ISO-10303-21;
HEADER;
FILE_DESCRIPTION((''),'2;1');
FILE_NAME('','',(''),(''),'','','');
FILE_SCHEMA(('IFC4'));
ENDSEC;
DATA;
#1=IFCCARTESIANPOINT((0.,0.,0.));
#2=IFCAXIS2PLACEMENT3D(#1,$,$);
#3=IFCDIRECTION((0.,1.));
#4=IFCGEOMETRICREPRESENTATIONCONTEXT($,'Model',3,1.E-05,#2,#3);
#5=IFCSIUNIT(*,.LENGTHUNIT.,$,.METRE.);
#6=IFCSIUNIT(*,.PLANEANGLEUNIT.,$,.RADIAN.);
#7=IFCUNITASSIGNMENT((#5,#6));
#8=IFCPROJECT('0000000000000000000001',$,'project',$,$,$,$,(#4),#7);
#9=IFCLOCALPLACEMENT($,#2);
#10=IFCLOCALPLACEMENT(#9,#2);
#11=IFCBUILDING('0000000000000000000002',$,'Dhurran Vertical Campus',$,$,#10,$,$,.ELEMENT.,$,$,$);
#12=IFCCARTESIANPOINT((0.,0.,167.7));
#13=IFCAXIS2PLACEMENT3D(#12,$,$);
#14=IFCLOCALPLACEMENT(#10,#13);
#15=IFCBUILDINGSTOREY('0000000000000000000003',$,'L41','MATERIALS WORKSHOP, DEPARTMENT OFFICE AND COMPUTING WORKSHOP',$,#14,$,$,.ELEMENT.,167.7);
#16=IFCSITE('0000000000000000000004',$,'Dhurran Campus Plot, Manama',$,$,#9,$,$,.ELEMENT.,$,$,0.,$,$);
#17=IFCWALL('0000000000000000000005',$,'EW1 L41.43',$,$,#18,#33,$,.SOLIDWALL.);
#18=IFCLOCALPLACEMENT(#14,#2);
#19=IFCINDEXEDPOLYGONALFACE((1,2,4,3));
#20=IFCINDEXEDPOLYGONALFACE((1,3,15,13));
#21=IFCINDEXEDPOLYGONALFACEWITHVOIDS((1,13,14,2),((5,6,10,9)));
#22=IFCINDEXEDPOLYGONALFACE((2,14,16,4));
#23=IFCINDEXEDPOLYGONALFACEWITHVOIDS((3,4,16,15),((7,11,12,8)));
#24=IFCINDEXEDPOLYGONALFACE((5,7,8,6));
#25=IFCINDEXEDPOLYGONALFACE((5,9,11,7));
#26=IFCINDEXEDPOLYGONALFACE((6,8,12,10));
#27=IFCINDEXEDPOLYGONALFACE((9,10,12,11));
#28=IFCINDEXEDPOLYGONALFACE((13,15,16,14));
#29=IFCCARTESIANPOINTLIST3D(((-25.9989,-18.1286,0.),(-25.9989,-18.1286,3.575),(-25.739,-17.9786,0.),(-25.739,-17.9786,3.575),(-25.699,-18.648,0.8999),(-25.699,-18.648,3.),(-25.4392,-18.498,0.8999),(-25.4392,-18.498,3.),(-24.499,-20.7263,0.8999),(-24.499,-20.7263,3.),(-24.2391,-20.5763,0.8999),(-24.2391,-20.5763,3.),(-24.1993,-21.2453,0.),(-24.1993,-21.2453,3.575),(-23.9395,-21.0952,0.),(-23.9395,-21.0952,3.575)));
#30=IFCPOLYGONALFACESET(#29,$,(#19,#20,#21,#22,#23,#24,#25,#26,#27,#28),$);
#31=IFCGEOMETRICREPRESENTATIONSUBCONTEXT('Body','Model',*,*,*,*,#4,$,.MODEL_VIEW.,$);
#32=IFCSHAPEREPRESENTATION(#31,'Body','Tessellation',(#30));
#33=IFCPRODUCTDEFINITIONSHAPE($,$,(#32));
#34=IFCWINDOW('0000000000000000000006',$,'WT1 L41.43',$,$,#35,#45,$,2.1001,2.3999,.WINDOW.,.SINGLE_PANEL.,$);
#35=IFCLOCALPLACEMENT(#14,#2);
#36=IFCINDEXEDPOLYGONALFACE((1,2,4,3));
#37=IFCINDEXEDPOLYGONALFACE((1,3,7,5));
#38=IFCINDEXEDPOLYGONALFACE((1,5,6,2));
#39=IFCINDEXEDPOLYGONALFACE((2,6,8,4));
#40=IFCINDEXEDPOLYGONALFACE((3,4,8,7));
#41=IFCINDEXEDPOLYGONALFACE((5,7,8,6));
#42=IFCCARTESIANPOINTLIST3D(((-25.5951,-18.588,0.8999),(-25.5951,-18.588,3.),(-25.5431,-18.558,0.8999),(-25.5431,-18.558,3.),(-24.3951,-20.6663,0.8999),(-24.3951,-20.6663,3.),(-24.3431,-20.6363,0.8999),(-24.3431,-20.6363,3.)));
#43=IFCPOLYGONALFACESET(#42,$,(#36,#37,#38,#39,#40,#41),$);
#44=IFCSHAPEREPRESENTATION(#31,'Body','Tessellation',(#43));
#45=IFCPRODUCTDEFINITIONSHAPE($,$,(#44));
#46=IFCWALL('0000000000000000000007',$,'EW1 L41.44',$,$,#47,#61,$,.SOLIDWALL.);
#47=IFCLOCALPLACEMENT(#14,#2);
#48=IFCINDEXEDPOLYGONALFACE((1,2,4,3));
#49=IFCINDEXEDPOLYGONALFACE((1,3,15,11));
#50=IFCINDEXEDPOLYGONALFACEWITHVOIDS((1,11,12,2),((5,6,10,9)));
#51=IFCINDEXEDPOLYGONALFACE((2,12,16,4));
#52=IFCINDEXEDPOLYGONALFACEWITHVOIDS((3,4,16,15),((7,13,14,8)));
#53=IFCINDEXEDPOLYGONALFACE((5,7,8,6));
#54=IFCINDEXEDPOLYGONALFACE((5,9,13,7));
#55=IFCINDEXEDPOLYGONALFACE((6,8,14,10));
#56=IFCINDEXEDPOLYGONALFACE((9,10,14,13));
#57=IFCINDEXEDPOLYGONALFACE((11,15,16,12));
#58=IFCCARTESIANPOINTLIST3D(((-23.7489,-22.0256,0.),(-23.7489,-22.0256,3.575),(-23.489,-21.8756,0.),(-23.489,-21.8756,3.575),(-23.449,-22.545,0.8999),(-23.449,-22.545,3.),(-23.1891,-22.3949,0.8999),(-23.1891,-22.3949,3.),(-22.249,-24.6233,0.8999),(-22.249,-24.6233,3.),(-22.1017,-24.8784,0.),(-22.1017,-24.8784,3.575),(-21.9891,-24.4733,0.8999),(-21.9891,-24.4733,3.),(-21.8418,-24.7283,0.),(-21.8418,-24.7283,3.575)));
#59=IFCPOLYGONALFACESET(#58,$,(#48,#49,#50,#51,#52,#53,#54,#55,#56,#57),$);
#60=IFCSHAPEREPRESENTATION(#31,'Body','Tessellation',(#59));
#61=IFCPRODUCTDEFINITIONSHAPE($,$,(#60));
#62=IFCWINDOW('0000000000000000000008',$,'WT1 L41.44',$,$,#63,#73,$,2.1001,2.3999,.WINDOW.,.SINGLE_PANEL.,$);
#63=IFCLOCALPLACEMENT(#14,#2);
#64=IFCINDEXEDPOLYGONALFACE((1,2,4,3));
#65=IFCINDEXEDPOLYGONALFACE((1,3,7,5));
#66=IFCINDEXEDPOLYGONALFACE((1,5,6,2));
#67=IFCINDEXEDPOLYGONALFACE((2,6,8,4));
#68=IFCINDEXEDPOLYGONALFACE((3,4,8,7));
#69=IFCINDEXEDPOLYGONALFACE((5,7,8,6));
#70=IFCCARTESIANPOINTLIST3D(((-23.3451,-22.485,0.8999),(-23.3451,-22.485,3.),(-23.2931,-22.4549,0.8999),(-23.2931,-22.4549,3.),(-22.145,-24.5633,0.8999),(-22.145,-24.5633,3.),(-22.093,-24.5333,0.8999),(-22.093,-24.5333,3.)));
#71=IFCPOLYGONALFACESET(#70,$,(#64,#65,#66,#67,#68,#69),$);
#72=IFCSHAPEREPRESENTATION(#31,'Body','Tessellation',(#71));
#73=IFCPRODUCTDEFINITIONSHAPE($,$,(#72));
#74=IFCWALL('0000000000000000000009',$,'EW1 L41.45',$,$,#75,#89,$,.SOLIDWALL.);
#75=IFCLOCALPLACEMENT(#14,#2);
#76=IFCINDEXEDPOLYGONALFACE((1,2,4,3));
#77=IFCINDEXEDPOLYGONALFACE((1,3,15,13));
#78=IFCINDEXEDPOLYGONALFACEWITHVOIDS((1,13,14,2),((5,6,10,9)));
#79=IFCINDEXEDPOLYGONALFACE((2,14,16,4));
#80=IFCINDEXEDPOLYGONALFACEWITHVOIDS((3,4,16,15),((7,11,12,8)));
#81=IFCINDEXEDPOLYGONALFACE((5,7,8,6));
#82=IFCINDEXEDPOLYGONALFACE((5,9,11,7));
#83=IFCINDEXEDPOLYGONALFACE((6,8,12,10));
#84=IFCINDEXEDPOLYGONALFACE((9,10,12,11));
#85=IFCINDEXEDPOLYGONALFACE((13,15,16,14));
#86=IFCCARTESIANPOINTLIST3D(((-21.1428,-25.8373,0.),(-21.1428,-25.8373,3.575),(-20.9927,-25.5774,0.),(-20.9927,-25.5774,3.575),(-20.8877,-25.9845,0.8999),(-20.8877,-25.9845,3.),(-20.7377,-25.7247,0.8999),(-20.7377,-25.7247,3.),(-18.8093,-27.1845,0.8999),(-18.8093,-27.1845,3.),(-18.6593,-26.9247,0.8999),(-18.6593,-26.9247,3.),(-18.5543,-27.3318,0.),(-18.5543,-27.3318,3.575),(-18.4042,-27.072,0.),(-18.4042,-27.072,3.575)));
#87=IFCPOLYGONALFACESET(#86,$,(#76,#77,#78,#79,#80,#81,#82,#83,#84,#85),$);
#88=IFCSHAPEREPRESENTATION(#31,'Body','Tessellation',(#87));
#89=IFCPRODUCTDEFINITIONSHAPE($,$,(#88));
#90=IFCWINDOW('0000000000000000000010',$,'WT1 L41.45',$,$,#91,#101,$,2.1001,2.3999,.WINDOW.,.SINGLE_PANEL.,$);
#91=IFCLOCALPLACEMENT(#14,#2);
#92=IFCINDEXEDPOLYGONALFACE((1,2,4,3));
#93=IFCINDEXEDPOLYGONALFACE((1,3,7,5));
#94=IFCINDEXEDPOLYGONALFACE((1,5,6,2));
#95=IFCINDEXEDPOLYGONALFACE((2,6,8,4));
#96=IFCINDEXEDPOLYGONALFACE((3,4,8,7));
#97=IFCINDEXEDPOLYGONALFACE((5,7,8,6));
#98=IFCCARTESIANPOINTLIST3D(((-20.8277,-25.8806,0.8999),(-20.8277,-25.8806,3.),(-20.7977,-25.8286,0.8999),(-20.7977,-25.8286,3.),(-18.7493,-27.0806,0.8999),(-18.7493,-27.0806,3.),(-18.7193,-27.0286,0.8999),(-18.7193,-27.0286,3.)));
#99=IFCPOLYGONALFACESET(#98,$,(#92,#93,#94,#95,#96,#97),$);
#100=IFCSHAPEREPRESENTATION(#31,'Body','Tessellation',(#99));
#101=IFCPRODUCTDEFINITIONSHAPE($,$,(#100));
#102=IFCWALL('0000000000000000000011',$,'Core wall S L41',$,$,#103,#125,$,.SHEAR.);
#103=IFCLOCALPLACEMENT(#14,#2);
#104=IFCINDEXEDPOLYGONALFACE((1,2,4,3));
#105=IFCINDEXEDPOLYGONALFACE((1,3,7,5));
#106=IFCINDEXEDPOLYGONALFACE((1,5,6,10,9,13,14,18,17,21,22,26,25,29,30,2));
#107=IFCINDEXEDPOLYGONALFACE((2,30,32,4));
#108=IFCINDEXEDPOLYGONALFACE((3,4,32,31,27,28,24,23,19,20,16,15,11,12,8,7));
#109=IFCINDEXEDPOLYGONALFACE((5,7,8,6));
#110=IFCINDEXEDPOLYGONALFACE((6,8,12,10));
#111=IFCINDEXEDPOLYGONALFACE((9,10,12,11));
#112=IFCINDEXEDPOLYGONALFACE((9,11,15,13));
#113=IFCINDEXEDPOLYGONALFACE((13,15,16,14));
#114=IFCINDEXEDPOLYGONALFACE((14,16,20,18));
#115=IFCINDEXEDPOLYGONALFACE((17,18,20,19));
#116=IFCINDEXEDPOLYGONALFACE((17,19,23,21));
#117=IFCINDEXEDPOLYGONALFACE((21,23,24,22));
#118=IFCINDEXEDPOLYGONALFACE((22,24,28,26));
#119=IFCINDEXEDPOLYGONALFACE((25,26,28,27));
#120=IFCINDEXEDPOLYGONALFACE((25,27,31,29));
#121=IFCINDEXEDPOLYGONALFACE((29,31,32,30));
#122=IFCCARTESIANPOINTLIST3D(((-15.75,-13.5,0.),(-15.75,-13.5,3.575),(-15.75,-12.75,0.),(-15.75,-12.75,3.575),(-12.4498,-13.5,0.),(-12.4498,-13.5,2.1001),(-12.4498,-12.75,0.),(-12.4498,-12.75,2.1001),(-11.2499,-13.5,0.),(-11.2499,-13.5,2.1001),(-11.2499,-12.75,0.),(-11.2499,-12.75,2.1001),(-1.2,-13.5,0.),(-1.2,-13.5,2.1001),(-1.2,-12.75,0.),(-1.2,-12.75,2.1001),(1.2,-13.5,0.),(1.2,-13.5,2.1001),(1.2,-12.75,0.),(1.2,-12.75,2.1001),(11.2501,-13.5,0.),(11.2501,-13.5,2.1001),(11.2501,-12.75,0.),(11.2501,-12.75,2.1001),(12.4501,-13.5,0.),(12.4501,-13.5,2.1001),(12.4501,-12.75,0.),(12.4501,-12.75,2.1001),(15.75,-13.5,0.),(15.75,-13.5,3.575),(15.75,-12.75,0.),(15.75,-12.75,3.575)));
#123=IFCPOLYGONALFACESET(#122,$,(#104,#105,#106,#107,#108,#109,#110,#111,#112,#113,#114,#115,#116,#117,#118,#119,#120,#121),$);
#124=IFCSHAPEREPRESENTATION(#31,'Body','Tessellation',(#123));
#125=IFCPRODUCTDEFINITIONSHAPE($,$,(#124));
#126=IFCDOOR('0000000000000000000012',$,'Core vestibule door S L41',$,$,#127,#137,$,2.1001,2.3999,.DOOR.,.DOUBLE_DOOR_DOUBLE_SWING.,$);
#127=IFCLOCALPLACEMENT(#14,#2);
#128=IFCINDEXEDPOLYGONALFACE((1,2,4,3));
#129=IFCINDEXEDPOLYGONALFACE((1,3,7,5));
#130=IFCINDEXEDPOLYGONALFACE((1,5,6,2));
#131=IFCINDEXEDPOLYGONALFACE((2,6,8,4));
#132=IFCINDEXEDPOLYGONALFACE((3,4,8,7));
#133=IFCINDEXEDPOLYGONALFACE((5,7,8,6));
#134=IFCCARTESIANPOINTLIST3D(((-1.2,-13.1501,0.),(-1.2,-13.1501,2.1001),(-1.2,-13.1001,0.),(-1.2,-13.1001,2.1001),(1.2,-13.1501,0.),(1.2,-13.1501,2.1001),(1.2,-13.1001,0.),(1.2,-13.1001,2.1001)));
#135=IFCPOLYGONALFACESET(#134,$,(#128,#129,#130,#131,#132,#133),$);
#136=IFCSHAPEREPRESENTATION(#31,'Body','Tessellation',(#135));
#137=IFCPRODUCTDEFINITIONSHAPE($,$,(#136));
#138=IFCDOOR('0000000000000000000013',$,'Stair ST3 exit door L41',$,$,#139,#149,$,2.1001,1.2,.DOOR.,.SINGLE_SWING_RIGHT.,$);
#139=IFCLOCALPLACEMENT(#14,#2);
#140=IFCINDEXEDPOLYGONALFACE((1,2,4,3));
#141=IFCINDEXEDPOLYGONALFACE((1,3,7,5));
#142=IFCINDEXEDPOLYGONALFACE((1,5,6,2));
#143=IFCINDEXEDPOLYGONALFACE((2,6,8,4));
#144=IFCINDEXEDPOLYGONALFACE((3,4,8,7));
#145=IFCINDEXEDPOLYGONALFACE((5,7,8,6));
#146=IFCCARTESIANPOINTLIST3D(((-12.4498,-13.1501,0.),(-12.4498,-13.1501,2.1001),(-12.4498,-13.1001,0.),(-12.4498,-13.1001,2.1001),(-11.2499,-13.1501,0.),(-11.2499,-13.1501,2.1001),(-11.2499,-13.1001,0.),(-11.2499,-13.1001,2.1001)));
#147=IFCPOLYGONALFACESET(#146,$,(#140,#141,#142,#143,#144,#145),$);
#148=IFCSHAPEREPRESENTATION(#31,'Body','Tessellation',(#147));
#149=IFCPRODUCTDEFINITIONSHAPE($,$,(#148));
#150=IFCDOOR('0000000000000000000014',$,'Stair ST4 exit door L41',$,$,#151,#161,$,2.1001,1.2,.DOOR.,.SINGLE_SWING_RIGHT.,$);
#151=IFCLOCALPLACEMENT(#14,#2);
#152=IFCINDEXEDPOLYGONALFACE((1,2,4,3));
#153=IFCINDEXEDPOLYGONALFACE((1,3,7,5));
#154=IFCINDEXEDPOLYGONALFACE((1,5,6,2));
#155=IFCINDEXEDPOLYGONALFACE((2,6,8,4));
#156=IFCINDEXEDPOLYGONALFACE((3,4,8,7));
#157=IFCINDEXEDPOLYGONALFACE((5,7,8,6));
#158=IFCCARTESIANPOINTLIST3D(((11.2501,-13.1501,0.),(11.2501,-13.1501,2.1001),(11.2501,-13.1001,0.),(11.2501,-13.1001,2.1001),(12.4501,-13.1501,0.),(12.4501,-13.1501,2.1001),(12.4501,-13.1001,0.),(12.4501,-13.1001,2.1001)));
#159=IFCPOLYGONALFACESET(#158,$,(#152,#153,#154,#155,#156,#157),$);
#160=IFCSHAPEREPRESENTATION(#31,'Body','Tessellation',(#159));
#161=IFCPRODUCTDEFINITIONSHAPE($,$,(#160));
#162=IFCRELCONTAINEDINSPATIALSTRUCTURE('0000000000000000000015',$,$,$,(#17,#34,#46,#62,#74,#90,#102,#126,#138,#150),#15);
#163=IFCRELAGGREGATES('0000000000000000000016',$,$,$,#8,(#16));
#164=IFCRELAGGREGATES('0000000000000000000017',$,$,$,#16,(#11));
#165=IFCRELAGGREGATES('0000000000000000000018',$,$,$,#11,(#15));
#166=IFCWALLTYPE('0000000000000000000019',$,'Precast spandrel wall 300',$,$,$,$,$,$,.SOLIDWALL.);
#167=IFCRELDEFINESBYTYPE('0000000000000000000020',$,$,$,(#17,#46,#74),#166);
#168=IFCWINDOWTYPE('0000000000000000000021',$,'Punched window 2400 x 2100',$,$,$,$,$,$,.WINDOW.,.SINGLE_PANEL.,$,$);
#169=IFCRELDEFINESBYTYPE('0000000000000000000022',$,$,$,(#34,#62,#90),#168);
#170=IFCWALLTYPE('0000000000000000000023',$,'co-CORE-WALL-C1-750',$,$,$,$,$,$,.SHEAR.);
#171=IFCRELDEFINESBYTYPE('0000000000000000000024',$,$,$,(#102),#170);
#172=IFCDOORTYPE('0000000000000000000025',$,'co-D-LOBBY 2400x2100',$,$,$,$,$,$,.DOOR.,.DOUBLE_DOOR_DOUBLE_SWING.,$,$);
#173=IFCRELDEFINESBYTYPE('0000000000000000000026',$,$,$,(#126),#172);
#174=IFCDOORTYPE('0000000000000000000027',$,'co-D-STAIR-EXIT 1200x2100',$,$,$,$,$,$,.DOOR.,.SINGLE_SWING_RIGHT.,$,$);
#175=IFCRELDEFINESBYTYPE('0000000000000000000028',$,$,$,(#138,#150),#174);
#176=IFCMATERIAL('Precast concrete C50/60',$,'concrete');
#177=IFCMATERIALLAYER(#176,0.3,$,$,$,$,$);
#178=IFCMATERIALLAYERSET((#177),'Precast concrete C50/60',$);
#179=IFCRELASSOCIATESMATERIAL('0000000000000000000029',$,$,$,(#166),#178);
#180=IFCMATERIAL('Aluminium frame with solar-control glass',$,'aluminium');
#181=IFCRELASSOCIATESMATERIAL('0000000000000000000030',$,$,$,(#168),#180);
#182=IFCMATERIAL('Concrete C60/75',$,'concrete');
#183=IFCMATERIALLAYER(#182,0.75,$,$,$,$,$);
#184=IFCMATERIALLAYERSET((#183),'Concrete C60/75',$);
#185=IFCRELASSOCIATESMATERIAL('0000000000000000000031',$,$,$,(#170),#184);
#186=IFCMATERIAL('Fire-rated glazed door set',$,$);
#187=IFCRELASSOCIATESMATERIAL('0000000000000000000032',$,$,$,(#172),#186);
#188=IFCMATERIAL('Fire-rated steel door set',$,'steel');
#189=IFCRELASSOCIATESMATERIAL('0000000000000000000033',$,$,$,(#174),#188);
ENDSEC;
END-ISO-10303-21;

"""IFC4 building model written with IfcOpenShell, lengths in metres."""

from ifc_helpers import new_model, si_unit, direction, frame, frame_2d, origin, place, context, subcontext, project, spatial, rectangle, extrude, material, layer, layer_set, type_object, element, fill, save


model = new_model("IFC4")

# Units and contexts
model_context = context("Model", 3, precision=1e-05, world=origin(), true_north=direction((0.0, 1.0)))
body_context = subcontext(model_context, "Body", "Model", "MODEL_VIEW")
ifc_project = project(units=[si_unit("LENGTHUNIT", "METRE"), si_unit("PLANEANGLEUNIT", "RADIAN")], contexts=[model_context])

# Site, building, storey
site_placement = place(None, origin())
site = spatial("IfcSite", under=ifc_project, at=site_placement, Name="Dhurran Campus Plot, Manama", CompositionType="ELEMENT", RefElevation=0.0)
building_placement = place(site_placement, origin())
building = spatial("IfcBuilding", under=site, at=building_placement, Name="Dhurran Vertical Campus", CompositionType="ELEMENT")
storey_placement = place(building_placement, frame((0.0, 0.0, 167.7)))
storey = spatial("IfcBuildingStorey", under=building, at=storey_placement, Name="L41", Description="MATERIALS WORKSHOP, DEPARTMENT OFFICE AND COMPUTING WORKSHOP", CompositionType="ELEMENT", Elevation=167.7)

# Walls, openings, windows
ifc_material_1 = material(Name="Precast concrete C50/60", Category="concrete")
ifc_layer_1 = layer(ifc_material_1, 0.3)
ifc_layer_set_1 = layer_set([ifc_layer_1], Name="Precast concrete C50/60")
wall_type_1 = type_object("IfcWallType", Name="Precast spandrel wall 300", PredefinedType="SOLIDWALL", material=ifc_layer_set_1)
ifc_material_2 = material(Name="Aluminium frame with solar-control glass", Category="aluminium")
window_type = type_object("IfcWindowType", Name="Punched window 2400 x 2100", PartitioningType="SINGLE_PANEL", PredefinedType="WINDOW", material=ifc_material_2)
wall_1_placement = place(storey_placement, frame((-25.8689, -18.0537, 0.0), z_axis=(0.0, 0.0, 1.0), x_axis=(0.500028, -0.866009, 0.0)))
wall_1 = element("IfcWall", 1, at=wall_1_placement, inside=storey, type_object=wall_type_1, Name="EW1 L41.43", PredefinedType="SOLIDWALL", context=body_context, shape_type="SweptSolid", body=[
    extrude(rectangle(XDim=3.5989, YDim=0.3, at=frame_2d((1.7993, 0.0))), origin(), (0.0, 0.0, 1.0), 3.575),
])
opening_1_placement = place(wall_1_placement, frame((0.5996, 0.0, 0.8999)))
opening_1 = element("IfcOpeningElement", 2, at=opening_1_placement, cuts=wall_1, PredefinedType="OPENING", context=body_context, shape_type="SweptSolid", body=[
    extrude(rectangle(XDim=2.3999, YDim=2.1001, at=frame_2d((1.2, 1.05))), frame((0.0, 0.1599, 0.0), z_axis=(0.0, -1.0, 0.0), x_axis=(1.0, 0.0, 0.0)), (0.0, 0.0, 1.0), 0.3201),
])
window_1_placement = place(opening_1_placement, origin())
window_1 = element("IfcWindow", 3, at=window_1_placement, inside=storey, type_object=window_type, Name="WT1 L41.43", OverallHeight=2.1001, OverallWidth=2.3999, PartitioningType="SINGLE_PANEL", PredefinedType="WINDOW", context=body_context, shape_type="SweptSolid", body=[
    extrude(rectangle(XDim=2.3999, YDim=2.1001, at=frame_2d((1.2, 1.05))), frame((0.0, 0.03, 0.0), z_axis=(0.0, -1.0, 0.0), x_axis=(1.0, 0.0, 0.0)), (0.0, 0.0, 1.0), 0.0601),
])
fill(opening_1, window_1)
wall_2_placement = place(storey_placement, frame((-23.6189, -21.9507, 0.0), z_axis=(0.0, 0.0, 1.0), x_axis=(0.500037, -0.866004, 0.0)))
wall_2 = element("IfcWall", 4, at=wall_2_placement, inside=storey, type_object=wall_type_1, Name="EW1 L41.44", PredefinedType="SOLIDWALL", context=body_context, shape_type="SweptSolid", body=[
    extrude(rectangle(XDim=3.2942, YDim=0.3, at=frame_2d((1.647, 0.0))), origin(), (0.0, 0.0, 1.0), 3.575),
])
opening_2_placement = place(wall_2_placement, frame((0.5996, 0.0, 0.8999)))
opening_2 = element("IfcOpeningElement", 5, at=opening_2_placement, cuts=wall_2, PredefinedType="OPENING", context=body_context, shape_type="SweptSolid", body=[
    extrude(rectangle(XDim=2.3999, YDim=2.1001, at=frame_2d((1.2, 1.05))), frame((0.0, 0.1599, 0.0), z_axis=(0.0, -1.0, 0.0), x_axis=(1.0, 0.0, 0.0)), (0.0, 0.0, 1.0), 0.3201),
])
window_2_placement = place(opening_2_placement, origin())
window_2 = element("IfcWindow", 6, at=window_2_placement, inside=storey, type_object=window_type, Name="WT1 L41.44", OverallHeight=2.1001, OverallWidth=2.3999, PartitioningType="SINGLE_PANEL", PredefinedType="WINDOW", context=body_context, shape_type="SweptSolid", body=[
    extrude(rectangle(XDim=2.3999, YDim=2.1001, at=frame_2d((1.2, 1.05))), frame((0.0, 0.03, 0.0), z_axis=(0.0, -1.0, 0.0), x_axis=(1.0, 0.0, 0.0)), (0.0, 0.0, 1.0), 0.0601),
])
fill(opening_2, window_2)
wall_3_placement = place(storey_placement, frame((-21.0679, -25.7073, 0.0), z_axis=(0.0, 0.0, 1.0), x_axis=(0.866013, -0.500022, 0.0)))
wall_3 = element("IfcWall", 7, at=wall_3_placement, inside=storey, type_object=wall_type_1, Name="EW1 L41.45", PredefinedType="SOLIDWALL", context=body_context, shape_type="SweptSolid", body=[
    extrude(rectangle(XDim=2.989, YDim=0.3, at=frame_2d((1.4946, 0.0))), origin(), (0.0, 0.0, 1.0), 3.575),
])
opening_3_placement = place(wall_3_placement, frame((0.2947, 0.0, 0.8999)))
opening_3 = element("IfcOpeningElement", 8, at=opening_3_placement, cuts=wall_3, PredefinedType="OPENING", context=body_context, shape_type="SweptSolid", body=[
    extrude(rectangle(XDim=2.3999, YDim=2.1001, at=frame_2d((1.2, 1.05))), frame((0.0, 0.1599, 0.0), z_axis=(0.0, -1.0, 0.0), x_axis=(1.0, 0.0, 0.0)), (0.0, 0.0, 1.0), 0.3201),
])
window_3_placement = place(opening_3_placement, origin())
window_3 = element("IfcWindow", 9, at=window_3_placement, inside=storey, type_object=window_type, Name="WT1 L41.45", OverallHeight=2.1001, OverallWidth=2.3999, PartitioningType="SINGLE_PANEL", PredefinedType="WINDOW", context=body_context, shape_type="SweptSolid", body=[
    extrude(rectangle(XDim=2.3999, YDim=2.1001, at=frame_2d((1.2, 1.05))), frame((0.0, 0.03, 0.0), z_axis=(0.0, -1.0, 0.0), x_axis=(1.0, 0.0, 0.0)), (0.0, 0.0, 1.0), 0.0601),
])
fill(opening_3, window_3)

# Wall, openings, doors
ifc_material_3 = material(Name="Concrete C60/75", Category="concrete")
ifc_layer_2 = layer(ifc_material_3, 0.75)
ifc_layer_set_2 = layer_set([ifc_layer_2], Name="Concrete C60/75")
wall_type_2 = type_object("IfcWallType", Name="co-CORE-WALL-C1-750", PredefinedType="SHEAR", material=ifc_layer_set_2)
wall_4_placement = place(storey_placement, frame((-15.75, -13.125, 0.0), z_axis=(0.0, 0.0, 1.0), x_axis=(1.0, 0.0, 0.0)))
wall_4 = element("IfcWall", 10, at=wall_4_placement, inside=storey, type_object=wall_type_2, Name="Core wall S L41", PredefinedType="SHEAR", context=body_context, shape_type="SweptSolid", body=[
    extrude(rectangle(XDim=31.5, YDim=0.75, at=frame_2d((15.75, 0.0))), origin(), (0.0, 0.0, 1.0), 3.575),
])
opening_4_placement = place(wall_4_placement, frame((14.55, 0.0, 0.0)))
opening_4 = element("IfcOpeningElement", 11, at=opening_4_placement, cuts=wall_4, PredefinedType="OPENING", context=body_context, shape_type="SweptSolid", body=[
    extrude(rectangle(XDim=2.3999, YDim=2.1001, at=frame_2d((1.2, 1.05))), frame((0.0, 0.385, 0.0), z_axis=(0.0, -1.0, 0.0), x_axis=(1.0, 0.0, 0.0)), (0.0, 0.0, 1.0), 0.77),
])
opening_5_placement = place(wall_4_placement, frame((3.3, 0.0, 0.0)))
opening_5 = element("IfcOpeningElement", 12, at=opening_5_placement, cuts=wall_4, PredefinedType="OPENING", context=body_context, shape_type="SweptSolid", body=[
    extrude(rectangle(XDim=1.2, YDim=2.1001, at=frame_2d((0.6001, 1.05))), frame((0.0, 0.385, 0.0), z_axis=(0.0, -1.0, 0.0), x_axis=(1.0, 0.0, 0.0)), (0.0, 0.0, 1.0), 0.77),
])
opening_6_placement = place(wall_4_placement, frame((27.0, 0.0, 0.0)))
opening_6 = element("IfcOpeningElement", 13, at=opening_6_placement, cuts=wall_4, PredefinedType="OPENING", context=body_context, shape_type="SweptSolid", body=[
    extrude(rectangle(XDim=1.2, YDim=2.1001, at=frame_2d((0.6001, 1.05))), frame((0.0, 0.385, 0.0), z_axis=(0.0, -1.0, 0.0), x_axis=(1.0, 0.0, 0.0)), (0.0, 0.0, 1.0), 0.77),
])
ifc_material_4 = material(Name="Fire-rated glazed door set")
door_type_1 = type_object("IfcDoorType", Name="co-D-LOBBY 2400x2100", OperationType="DOUBLE_DOOR_DOUBLE_SWING", PredefinedType="DOOR", material=ifc_material_4)
door_1_placement = place(opening_4_placement, origin())
door_1 = element("IfcDoor", 14, at=door_1_placement, inside=storey, type_object=door_type_1, Name="Core vestibule door S L41", OperationType="DOUBLE_DOOR_DOUBLE_SWING", OverallHeight=2.1001, OverallWidth=2.3999, PredefinedType="DOOR", context=body_context, shape_type="SweptSolid", body=[
    extrude(rectangle(XDim=2.3999, YDim=2.1001, at=frame_2d((1.2, 1.05))), frame((0.0, 0.0249, 0.0), z_axis=(0.0, -1.0, 0.0), x_axis=(1.0, 0.0, 0.0)), (0.0, 0.0, 1.0), 0.05),
])
fill(opening_4, door_1)
ifc_material_5 = material(Name="Fire-rated steel door set", Category="steel")
door_type_2 = type_object("IfcDoorType", Name="co-D-STAIR-EXIT 1200x2100", OperationType="SINGLE_SWING_RIGHT", PredefinedType="DOOR", material=ifc_material_5)
door_2_placement = place(opening_5_placement, origin())
door_2 = element("IfcDoor", 15, at=door_2_placement, inside=storey, type_object=door_type_2, Name="Stair ST3 exit door L41", OperationType="SINGLE_SWING_RIGHT", OverallHeight=2.1001, OverallWidth=1.2, PredefinedType="DOOR", context=body_context, shape_type="SweptSolid", body=[
    extrude(rectangle(XDim=1.2, YDim=2.1001, at=frame_2d((0.6001, 1.05))), frame((0.0, 0.0249, 0.0), z_axis=(0.0, -1.0, 0.0), x_axis=(1.0, 0.0, 0.0)), (0.0, 0.0, 1.0), 0.05),
])
fill(opening_5, door_2)
door_3_placement = place(opening_6_placement, origin())
door_3 = element("IfcDoor", 16, at=door_3_placement, inside=storey, type_object=door_type_2, Name="Stair ST4 exit door L41", OperationType="SINGLE_SWING_RIGHT", OverallHeight=2.1001, OverallWidth=1.2, PredefinedType="DOOR", context=body_context, shape_type="SweptSolid", body=[
    extrude(rectangle(XDim=1.2, YDim=2.1001, at=frame_2d((0.6001, 1.05))), frame((0.0, 0.0249, 0.0), z_axis=(0.0, -1.0, 0.0), x_axis=(1.0, 0.0, 0.0)), (0.0, 0.0, 1.0), 0.05),
])
fill(opening_6, door_3)

save(model, "model.ifc")
